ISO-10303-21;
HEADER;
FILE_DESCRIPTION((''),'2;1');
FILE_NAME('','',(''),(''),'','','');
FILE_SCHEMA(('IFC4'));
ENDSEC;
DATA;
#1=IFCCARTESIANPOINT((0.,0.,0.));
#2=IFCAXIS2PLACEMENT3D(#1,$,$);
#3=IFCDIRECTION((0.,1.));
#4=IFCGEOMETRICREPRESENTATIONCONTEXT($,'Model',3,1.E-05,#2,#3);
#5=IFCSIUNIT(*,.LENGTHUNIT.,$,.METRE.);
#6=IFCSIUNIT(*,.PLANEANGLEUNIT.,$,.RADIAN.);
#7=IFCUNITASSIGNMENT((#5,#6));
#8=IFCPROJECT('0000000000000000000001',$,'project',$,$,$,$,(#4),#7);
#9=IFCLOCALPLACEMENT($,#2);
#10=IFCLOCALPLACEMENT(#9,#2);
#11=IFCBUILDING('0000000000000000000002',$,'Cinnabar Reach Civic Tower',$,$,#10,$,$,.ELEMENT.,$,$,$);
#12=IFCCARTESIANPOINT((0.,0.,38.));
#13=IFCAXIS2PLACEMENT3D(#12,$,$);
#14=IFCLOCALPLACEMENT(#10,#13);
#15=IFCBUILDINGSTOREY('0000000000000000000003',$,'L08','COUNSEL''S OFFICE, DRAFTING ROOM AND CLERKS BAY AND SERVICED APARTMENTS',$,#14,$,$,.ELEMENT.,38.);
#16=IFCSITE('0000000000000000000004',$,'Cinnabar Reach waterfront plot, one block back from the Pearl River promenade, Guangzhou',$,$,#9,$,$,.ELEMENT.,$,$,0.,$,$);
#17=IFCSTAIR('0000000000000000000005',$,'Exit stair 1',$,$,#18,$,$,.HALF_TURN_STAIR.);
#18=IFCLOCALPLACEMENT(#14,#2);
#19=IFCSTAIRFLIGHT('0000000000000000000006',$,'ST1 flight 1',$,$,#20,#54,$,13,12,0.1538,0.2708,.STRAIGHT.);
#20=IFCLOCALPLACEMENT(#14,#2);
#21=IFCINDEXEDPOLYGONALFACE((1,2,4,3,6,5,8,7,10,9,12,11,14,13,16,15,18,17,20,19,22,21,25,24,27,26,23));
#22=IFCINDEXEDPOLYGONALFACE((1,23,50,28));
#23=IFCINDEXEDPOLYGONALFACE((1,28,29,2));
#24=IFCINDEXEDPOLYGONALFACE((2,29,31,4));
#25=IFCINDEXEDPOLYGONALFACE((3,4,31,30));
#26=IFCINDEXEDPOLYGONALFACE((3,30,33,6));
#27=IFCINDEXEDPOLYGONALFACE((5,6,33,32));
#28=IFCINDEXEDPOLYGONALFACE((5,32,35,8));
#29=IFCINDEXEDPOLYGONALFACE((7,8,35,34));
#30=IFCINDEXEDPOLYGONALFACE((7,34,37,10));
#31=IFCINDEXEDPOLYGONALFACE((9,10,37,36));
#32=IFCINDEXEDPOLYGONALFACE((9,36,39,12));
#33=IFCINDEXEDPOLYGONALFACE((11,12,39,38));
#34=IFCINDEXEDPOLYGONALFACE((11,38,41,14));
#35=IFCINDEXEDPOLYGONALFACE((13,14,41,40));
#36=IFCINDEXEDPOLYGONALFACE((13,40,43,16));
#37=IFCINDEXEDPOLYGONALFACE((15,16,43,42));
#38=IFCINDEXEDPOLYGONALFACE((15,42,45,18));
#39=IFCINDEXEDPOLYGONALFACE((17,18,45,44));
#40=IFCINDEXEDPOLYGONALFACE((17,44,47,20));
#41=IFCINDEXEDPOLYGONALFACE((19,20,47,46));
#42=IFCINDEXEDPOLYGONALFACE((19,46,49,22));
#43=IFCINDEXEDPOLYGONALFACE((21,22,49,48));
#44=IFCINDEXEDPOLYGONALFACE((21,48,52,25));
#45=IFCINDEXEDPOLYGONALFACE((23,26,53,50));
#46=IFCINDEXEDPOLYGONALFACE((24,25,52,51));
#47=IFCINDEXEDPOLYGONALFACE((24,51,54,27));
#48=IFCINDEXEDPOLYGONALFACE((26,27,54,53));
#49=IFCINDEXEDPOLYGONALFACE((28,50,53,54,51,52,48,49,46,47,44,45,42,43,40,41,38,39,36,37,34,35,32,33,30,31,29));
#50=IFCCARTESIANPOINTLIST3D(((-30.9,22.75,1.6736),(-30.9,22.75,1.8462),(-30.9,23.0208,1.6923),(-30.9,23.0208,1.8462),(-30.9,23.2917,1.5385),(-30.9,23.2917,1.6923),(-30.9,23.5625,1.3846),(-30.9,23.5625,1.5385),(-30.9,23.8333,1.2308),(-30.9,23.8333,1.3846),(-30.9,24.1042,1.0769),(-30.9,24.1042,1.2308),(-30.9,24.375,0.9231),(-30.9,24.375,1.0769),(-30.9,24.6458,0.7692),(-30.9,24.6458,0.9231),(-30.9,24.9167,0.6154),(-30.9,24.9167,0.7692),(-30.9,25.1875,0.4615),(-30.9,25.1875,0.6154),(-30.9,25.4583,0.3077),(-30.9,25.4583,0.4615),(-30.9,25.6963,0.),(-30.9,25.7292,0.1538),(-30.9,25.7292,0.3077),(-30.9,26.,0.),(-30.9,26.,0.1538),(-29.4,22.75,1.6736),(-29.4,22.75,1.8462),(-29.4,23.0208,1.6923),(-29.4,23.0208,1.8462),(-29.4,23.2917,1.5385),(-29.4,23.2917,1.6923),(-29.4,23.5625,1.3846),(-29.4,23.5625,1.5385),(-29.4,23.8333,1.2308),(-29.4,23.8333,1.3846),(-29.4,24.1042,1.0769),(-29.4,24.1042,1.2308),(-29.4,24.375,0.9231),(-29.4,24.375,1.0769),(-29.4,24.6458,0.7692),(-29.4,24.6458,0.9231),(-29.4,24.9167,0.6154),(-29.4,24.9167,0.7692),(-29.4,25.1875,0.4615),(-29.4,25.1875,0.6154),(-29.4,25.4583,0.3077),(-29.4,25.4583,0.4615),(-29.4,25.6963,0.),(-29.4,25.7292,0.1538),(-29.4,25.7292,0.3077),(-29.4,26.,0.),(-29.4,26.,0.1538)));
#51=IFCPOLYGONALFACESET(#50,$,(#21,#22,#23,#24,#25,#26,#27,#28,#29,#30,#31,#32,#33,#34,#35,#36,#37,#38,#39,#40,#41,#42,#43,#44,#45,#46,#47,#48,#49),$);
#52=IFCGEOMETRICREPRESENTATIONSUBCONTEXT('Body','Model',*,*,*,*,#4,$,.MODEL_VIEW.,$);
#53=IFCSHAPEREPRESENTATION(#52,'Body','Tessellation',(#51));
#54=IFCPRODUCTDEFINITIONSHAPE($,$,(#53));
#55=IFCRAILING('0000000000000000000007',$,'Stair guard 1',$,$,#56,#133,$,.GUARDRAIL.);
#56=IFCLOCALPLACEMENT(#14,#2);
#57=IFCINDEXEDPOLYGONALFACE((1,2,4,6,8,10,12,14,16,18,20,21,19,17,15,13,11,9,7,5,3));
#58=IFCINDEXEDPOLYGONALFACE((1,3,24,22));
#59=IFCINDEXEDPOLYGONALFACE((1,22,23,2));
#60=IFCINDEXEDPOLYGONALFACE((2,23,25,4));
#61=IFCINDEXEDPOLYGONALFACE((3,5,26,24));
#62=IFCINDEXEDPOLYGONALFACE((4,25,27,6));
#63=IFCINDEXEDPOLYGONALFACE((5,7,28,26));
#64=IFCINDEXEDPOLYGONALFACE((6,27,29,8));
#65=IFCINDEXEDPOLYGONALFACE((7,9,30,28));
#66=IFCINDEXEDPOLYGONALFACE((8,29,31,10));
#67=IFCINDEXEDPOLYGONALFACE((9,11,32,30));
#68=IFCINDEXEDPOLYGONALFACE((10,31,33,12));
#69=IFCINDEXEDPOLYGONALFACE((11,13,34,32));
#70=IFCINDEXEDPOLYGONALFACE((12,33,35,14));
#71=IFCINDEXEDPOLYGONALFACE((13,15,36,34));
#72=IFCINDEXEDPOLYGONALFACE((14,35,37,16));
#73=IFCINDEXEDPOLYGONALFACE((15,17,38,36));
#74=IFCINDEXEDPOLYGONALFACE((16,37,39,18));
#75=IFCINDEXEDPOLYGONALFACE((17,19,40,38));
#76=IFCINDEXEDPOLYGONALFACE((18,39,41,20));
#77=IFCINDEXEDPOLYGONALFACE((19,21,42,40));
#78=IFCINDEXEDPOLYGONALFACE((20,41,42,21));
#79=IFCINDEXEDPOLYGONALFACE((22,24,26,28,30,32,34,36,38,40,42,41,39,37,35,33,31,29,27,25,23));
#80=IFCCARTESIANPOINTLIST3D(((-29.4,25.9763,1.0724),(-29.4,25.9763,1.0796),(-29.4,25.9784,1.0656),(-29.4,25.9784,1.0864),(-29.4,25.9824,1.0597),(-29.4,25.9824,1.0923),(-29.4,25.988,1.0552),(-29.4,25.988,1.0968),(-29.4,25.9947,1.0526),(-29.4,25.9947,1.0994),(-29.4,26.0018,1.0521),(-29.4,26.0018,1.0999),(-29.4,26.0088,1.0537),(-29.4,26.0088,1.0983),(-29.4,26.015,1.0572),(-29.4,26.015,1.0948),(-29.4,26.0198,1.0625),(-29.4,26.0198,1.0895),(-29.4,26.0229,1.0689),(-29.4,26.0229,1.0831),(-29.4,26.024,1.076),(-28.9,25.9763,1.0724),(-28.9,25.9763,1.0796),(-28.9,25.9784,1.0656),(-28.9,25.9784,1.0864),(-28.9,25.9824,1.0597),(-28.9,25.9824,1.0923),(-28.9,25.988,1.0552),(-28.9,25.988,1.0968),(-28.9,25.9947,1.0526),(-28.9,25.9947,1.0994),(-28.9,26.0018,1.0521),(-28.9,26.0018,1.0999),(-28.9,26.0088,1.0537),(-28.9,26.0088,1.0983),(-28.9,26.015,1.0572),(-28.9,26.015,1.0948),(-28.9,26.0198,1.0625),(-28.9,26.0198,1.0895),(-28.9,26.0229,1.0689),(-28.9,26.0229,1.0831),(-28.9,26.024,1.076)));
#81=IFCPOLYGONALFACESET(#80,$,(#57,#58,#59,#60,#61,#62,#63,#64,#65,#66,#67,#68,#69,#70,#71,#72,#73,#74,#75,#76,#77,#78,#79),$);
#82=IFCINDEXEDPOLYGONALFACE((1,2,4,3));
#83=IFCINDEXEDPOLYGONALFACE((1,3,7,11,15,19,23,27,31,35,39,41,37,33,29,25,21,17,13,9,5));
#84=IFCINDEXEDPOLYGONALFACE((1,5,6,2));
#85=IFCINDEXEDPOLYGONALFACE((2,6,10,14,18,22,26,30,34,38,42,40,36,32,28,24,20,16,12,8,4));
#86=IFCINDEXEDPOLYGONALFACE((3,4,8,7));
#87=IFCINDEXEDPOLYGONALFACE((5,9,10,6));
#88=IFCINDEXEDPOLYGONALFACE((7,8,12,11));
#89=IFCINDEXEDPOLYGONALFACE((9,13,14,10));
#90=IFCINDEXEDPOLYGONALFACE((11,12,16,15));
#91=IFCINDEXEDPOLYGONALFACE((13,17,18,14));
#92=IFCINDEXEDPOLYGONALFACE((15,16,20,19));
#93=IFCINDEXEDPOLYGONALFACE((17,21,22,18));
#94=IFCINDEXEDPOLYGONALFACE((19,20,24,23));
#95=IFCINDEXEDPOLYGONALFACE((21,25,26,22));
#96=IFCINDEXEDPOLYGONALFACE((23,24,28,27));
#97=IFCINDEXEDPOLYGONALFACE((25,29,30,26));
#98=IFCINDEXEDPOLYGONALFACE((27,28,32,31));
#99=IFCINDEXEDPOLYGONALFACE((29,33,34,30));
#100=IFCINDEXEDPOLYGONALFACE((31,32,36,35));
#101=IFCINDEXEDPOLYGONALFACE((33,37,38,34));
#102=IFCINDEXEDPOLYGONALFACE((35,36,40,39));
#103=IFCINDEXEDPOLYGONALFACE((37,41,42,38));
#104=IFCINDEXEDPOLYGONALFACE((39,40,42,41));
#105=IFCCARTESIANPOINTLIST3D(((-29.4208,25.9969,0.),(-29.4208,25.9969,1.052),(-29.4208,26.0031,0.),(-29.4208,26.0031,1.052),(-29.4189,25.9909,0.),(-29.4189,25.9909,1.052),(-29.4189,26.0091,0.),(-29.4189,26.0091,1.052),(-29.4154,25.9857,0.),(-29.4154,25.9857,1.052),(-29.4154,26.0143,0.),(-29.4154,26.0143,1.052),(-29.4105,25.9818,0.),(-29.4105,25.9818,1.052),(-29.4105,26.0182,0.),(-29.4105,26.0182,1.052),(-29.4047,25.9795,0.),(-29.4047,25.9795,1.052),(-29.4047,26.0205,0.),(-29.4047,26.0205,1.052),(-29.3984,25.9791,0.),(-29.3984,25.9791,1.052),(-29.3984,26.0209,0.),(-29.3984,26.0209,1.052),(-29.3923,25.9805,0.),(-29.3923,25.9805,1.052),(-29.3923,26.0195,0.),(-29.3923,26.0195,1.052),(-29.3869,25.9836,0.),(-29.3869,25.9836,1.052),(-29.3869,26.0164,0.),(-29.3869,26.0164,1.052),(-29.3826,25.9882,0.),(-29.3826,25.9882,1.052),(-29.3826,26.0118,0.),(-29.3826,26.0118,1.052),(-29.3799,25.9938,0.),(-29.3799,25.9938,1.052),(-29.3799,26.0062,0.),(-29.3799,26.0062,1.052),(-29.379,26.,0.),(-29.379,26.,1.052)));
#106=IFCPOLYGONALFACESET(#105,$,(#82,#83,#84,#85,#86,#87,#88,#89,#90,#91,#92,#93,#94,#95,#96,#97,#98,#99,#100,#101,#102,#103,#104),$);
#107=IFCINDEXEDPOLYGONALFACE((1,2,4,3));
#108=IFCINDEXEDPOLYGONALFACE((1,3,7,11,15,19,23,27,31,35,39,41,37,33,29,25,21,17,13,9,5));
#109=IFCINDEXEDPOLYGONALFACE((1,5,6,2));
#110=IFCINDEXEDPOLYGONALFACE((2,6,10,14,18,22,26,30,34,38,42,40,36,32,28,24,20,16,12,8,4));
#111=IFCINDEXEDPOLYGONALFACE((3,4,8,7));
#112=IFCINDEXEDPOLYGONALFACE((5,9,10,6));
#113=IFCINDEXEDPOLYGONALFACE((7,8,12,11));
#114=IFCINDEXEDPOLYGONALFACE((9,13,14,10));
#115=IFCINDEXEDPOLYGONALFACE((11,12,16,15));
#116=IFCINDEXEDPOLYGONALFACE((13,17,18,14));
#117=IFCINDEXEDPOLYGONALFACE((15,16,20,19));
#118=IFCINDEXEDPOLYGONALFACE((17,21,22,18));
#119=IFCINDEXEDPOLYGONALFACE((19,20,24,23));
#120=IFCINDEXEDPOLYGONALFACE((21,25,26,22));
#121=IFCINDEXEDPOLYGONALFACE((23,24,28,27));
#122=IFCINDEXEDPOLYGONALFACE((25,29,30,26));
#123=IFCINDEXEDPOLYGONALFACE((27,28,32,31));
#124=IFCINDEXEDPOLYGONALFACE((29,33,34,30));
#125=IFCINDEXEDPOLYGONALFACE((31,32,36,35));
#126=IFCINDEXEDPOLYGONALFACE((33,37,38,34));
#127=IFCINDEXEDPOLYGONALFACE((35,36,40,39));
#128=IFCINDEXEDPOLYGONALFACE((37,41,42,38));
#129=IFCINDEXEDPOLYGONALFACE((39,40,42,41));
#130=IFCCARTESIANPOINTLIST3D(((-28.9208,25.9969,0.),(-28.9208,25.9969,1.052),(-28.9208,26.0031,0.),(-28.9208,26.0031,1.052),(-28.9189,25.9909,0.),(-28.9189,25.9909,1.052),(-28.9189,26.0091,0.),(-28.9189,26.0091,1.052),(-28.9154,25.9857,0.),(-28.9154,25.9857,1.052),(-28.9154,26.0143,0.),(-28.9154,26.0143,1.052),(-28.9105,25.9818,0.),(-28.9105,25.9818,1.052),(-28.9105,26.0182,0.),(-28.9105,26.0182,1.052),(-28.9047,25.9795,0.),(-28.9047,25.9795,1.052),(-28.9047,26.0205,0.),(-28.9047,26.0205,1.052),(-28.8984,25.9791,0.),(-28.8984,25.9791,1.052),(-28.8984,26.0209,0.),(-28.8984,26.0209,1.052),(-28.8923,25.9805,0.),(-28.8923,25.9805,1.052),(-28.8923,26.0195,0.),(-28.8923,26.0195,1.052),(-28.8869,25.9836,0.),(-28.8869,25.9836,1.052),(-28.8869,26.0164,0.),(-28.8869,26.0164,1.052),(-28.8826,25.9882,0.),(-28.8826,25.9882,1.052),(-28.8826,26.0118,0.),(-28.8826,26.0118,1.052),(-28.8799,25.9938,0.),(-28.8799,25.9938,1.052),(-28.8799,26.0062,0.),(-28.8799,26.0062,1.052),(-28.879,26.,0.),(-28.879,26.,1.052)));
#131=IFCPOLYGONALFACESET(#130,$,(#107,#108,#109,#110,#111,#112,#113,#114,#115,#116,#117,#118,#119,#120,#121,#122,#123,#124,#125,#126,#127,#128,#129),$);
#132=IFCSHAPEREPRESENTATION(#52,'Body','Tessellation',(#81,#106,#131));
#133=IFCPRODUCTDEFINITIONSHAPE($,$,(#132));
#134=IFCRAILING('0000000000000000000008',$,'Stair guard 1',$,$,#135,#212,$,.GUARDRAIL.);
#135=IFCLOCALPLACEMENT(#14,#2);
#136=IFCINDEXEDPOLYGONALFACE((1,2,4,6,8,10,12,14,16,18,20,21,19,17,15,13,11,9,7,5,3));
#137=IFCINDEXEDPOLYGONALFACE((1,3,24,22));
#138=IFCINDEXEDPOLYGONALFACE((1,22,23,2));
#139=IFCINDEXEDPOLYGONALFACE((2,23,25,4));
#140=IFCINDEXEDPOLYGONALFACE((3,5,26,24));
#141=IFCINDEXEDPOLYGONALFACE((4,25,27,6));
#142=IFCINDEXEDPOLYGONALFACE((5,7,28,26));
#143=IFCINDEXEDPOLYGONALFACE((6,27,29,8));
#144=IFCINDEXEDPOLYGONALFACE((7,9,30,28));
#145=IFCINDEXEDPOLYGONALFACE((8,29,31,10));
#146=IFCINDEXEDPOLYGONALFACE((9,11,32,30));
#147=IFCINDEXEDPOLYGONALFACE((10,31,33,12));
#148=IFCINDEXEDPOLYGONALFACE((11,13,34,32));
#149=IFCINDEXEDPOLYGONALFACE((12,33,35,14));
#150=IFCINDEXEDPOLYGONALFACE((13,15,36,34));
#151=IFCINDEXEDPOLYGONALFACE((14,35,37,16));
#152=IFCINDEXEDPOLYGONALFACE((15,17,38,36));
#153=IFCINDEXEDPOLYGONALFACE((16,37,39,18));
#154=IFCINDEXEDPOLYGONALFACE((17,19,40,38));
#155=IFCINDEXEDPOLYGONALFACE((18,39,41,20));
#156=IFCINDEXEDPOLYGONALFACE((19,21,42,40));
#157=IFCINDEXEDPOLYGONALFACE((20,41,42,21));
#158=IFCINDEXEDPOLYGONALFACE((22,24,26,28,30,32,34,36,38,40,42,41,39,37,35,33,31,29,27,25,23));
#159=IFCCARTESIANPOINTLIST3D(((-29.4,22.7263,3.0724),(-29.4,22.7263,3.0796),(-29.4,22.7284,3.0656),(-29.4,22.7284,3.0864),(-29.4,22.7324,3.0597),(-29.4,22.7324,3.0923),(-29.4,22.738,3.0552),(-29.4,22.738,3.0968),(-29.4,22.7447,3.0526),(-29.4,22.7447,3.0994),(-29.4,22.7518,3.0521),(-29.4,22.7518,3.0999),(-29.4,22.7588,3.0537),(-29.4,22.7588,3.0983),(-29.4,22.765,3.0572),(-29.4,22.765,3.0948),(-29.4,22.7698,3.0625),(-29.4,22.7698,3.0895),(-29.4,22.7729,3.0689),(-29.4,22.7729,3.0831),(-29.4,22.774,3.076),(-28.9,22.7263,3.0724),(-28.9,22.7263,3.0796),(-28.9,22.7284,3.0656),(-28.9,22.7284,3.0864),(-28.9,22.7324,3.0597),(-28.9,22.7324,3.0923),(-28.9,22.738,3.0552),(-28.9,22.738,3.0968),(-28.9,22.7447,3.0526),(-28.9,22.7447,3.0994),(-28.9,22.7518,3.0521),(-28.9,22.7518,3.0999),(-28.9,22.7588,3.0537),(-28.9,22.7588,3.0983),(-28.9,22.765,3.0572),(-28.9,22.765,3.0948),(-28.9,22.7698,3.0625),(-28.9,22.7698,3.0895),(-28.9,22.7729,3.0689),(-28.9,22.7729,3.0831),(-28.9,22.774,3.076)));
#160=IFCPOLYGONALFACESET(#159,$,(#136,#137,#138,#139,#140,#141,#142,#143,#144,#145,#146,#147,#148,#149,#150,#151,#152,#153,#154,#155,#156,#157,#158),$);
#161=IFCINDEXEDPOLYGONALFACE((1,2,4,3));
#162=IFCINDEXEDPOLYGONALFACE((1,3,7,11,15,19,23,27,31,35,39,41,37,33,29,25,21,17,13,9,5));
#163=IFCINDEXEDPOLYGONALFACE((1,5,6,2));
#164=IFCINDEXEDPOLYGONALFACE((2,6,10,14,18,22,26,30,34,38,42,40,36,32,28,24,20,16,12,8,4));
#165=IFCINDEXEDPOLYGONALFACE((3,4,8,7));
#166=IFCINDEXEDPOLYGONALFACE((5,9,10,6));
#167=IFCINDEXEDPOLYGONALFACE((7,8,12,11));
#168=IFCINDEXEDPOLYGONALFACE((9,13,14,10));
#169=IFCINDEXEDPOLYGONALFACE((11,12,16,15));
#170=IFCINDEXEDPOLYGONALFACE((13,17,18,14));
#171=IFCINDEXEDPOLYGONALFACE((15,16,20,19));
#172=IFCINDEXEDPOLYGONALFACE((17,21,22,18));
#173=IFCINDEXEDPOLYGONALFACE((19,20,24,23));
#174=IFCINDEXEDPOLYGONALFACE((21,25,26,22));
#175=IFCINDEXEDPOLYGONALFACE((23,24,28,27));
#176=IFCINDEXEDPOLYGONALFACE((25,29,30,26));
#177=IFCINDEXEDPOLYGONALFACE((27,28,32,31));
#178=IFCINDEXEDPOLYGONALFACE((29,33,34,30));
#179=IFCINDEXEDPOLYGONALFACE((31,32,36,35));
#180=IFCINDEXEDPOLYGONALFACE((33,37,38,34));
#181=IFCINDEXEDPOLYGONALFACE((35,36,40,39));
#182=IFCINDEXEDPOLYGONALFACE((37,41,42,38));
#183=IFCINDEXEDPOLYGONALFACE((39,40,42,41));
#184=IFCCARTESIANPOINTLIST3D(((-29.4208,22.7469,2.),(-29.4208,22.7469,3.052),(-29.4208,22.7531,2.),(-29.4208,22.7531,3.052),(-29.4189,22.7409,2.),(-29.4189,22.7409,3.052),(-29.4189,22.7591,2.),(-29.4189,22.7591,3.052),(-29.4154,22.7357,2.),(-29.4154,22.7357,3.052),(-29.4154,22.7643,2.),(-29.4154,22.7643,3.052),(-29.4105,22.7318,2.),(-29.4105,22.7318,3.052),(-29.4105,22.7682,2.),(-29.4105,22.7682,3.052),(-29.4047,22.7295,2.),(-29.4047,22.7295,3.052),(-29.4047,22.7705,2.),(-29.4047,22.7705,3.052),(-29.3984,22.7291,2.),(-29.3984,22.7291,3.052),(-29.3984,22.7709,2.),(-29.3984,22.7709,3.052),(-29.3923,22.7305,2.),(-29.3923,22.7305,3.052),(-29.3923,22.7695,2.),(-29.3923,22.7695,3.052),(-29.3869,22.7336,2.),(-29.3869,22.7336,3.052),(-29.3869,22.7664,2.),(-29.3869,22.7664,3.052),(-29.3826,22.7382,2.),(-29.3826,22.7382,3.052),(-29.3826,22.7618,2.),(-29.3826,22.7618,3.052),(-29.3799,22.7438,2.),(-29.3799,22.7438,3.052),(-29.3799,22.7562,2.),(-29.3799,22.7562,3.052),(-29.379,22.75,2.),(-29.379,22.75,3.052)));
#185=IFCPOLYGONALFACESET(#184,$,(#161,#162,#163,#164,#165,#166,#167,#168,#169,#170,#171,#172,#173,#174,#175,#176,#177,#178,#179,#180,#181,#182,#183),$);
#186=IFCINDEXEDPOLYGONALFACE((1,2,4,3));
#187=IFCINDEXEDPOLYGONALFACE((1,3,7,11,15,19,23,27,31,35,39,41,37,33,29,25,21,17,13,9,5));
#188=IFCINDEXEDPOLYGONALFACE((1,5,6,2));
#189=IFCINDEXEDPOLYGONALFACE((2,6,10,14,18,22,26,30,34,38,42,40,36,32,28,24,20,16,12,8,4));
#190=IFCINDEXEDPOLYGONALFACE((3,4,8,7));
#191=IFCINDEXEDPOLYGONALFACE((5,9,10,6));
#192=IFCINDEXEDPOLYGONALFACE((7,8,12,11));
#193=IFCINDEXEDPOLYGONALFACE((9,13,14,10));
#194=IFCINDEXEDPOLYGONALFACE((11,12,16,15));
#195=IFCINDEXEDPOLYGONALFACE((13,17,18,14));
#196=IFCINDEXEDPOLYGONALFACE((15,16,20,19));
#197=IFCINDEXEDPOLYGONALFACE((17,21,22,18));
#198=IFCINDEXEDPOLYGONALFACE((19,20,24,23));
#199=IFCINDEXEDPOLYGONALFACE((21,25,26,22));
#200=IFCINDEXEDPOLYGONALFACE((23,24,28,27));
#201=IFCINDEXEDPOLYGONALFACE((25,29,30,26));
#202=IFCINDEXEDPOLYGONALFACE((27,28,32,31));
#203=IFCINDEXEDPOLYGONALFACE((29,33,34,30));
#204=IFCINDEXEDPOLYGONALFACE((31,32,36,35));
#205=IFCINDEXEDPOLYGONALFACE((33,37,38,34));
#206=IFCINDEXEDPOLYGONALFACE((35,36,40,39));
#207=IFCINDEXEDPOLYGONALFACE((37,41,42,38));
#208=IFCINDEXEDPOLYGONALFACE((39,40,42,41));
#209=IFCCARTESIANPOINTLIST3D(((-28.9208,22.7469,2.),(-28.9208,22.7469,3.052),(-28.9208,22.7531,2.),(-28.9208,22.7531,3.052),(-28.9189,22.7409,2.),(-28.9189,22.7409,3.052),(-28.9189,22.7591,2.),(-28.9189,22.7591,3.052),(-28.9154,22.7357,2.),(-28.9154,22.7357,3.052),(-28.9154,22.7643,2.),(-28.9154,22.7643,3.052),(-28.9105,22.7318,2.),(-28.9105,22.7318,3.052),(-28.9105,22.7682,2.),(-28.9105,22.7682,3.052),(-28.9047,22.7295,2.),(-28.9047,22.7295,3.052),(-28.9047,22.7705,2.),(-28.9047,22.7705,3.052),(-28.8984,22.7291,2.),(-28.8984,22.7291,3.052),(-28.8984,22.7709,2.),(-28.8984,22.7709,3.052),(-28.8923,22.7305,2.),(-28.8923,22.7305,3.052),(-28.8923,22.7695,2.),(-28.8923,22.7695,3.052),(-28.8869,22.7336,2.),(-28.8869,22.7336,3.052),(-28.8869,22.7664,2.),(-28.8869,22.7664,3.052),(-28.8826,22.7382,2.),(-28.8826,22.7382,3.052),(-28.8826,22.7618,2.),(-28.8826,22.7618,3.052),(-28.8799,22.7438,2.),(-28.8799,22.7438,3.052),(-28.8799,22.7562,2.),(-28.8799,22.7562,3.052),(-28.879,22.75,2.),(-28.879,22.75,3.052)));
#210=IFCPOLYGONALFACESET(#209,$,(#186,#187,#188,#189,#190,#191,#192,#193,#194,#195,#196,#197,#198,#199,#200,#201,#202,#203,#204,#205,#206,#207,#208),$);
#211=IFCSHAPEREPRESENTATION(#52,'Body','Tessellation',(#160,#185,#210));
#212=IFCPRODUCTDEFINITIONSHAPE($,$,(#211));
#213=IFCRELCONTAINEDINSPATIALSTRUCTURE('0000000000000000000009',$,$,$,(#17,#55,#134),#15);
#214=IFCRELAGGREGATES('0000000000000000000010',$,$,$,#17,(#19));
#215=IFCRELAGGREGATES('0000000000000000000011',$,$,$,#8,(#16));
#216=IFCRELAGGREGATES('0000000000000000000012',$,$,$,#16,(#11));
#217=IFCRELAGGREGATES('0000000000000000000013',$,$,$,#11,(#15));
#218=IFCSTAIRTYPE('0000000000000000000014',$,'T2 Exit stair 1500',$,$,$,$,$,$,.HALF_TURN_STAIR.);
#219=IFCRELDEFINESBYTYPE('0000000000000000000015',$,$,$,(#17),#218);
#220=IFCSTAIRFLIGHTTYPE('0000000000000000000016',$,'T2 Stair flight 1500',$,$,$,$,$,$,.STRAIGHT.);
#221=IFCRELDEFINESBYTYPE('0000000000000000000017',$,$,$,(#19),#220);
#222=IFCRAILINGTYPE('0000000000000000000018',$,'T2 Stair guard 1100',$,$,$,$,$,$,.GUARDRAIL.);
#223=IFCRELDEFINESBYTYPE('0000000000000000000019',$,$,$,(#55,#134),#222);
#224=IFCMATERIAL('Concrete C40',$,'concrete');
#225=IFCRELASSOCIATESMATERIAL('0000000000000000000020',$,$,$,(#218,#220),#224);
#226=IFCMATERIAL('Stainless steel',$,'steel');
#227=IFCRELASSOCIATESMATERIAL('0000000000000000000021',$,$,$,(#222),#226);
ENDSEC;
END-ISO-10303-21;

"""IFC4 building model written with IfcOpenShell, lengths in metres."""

from ifc_helpers import new_model, si_unit, direction, frame, origin, origin_2d, place, context, subcontext, project, spatial, polyline, circle, outline, extrude, material, type_object, element, aggregate, save


model = new_model("IFC4")

# Units and contexts
model_context = context("Model", 3, precision=1e-05, world=origin(), true_north=direction((0.0, 1.0)))
body_context = subcontext(model_context, "Body", "Model", "MODEL_VIEW")
ifc_project = project(units=[si_unit("LENGTHUNIT", "METRE"), si_unit("PLANEANGLEUNIT", "RADIAN")], contexts=[model_context])

# Site, building, storey
site_placement = place(None, origin())
site = spatial("IfcSite", under=ifc_project, at=site_placement, Name="Cinnabar Reach waterfront plot, one block back from the Pearl River promenade, Guangzhou", CompositionType="ELEMENT", RefElevation=0.0)
building_placement = place(site_placement, origin())
building = spatial("IfcBuilding", under=site, at=building_placement, Name="Cinnabar Reach Civic Tower", CompositionType="ELEMENT")
storey_placement = place(building_placement, frame((0.0, 0.0, 38.0)))
storey = spatial("IfcBuildingStorey", under=building, at=storey_placement, Name="L08", Description="COUNSEL'S OFFICE, DRAFTING ROOM AND CLERKS BAY AND SERVICED APARTMENTS", CompositionType="ELEMENT", Elevation=38.0)

# Shared definitions
ifc_material_1 = material(Name="Concrete C40", Category="concrete")

# Stair, stair flight
stair_type = type_object("IfcStairType", Name="T2 Exit stair 1500", PredefinedType="HALF_TURN_STAIR", material=ifc_material_1)
stair_placement = place(storey_placement, origin())
stair = element("IfcStair", 1, at=stair_placement, inside=storey, type_object=stair_type, Name="Exit stair 1", PredefinedType="HALF_TURN_STAIR")
stair_flight_type = type_object("IfcStairFlightType", Name="T2 Stair flight 1500", PredefinedType="STRAIGHT", material=ifc_material_1)
stair_flight_placement = place(storey_placement, frame((-30.15, 26.0, 0.0), z_axis=(0.0, 0.0, 1.0), x_axis=(0.0, -1.0, 0.0)))
stair_flight = element("IfcStairFlight", 2, at=stair_flight_placement, type_object=stair_flight_type, Name="ST1 flight 1", NumberOfRisers=13, NumberOfTreads=12, PredefinedType="STRAIGHT", RiserHeight=0.1538, TreadLength=0.2708, context=body_context, shape_type="SweptSolid", body=[
    extrude(outline(polyline([(0.0, 0.0), (0.0, 0.1538), (0.2708, 0.1538), (0.2708, 0.3077), (0.5417, 0.3077), (0.5417, 0.4615), (0.8125, 0.4615), (0.8125, 0.6154), (1.0833, 0.6154), (1.0833, 0.7692), (1.3542, 0.7692), (1.3542, 0.9231), (1.625, 0.9231), (1.625, 1.0769), (1.8958, 1.0769), (1.8958, 1.2308), (2.1667, 1.2308), (2.1667, 1.3846), (2.4375, 1.3846), (2.4375, 1.5385), (2.7083, 1.5385), (2.7083, 1.6923), (2.9792, 1.6923), (2.9792, 1.8462), (3.25, 1.8462), (3.25, 2.0), (3.25, 1.6736), (0.3037, 0.0), (0.0, 0.0)])), frame((0.0, 0.75, 0.0), z_axis=(0.0, -1.0, 0.0), x_axis=(1.0, 0.0, 0.0)), (0.0, 0.0, 1.0), 1.5),
])
aggregate(stair, [stair_flight])

# Railings
ifc_material_2 = material(Name="Stainless steel", Category="steel")
railing_type = type_object("IfcRailingType", Name="T2 Stair guard 1100", PredefinedType="GUARDRAIL", material=ifc_material_2)
for number, where, name in (
    (3, (-29.4, 26.0, 0.0), "Stair guard 1"),
    (4, (-29.4, 22.75, 2.0), "Stair guard 1"),
):
    element("IfcRailing", number, at=place(storey_placement, frame(where)), inside=storey, type_object=railing_type, Name=name, PredefinedType="GUARDRAIL", context=body_context, shape_type="SweptSolid", body=[
        extrude(circle(Radius=0.024, at=origin_2d()), frame((0.0, 0.0, 1.076), z_axis=(1.0, 0.0, 0.0), x_axis=(0.0, 1.0, 0.0)), (0.0, 0.0, 1.0), 0.5),
        extrude(circle(Radius=0.021, at=origin_2d()), origin(), (0.0, 0.0, 1.0), 1.052),
        extrude(circle(Radius=0.021, at=origin_2d()), frame((0.5, 0.0, 0.0)), (0.0, 0.0, 1.0), 1.052),
    ])

save(model, "model.ifc")
